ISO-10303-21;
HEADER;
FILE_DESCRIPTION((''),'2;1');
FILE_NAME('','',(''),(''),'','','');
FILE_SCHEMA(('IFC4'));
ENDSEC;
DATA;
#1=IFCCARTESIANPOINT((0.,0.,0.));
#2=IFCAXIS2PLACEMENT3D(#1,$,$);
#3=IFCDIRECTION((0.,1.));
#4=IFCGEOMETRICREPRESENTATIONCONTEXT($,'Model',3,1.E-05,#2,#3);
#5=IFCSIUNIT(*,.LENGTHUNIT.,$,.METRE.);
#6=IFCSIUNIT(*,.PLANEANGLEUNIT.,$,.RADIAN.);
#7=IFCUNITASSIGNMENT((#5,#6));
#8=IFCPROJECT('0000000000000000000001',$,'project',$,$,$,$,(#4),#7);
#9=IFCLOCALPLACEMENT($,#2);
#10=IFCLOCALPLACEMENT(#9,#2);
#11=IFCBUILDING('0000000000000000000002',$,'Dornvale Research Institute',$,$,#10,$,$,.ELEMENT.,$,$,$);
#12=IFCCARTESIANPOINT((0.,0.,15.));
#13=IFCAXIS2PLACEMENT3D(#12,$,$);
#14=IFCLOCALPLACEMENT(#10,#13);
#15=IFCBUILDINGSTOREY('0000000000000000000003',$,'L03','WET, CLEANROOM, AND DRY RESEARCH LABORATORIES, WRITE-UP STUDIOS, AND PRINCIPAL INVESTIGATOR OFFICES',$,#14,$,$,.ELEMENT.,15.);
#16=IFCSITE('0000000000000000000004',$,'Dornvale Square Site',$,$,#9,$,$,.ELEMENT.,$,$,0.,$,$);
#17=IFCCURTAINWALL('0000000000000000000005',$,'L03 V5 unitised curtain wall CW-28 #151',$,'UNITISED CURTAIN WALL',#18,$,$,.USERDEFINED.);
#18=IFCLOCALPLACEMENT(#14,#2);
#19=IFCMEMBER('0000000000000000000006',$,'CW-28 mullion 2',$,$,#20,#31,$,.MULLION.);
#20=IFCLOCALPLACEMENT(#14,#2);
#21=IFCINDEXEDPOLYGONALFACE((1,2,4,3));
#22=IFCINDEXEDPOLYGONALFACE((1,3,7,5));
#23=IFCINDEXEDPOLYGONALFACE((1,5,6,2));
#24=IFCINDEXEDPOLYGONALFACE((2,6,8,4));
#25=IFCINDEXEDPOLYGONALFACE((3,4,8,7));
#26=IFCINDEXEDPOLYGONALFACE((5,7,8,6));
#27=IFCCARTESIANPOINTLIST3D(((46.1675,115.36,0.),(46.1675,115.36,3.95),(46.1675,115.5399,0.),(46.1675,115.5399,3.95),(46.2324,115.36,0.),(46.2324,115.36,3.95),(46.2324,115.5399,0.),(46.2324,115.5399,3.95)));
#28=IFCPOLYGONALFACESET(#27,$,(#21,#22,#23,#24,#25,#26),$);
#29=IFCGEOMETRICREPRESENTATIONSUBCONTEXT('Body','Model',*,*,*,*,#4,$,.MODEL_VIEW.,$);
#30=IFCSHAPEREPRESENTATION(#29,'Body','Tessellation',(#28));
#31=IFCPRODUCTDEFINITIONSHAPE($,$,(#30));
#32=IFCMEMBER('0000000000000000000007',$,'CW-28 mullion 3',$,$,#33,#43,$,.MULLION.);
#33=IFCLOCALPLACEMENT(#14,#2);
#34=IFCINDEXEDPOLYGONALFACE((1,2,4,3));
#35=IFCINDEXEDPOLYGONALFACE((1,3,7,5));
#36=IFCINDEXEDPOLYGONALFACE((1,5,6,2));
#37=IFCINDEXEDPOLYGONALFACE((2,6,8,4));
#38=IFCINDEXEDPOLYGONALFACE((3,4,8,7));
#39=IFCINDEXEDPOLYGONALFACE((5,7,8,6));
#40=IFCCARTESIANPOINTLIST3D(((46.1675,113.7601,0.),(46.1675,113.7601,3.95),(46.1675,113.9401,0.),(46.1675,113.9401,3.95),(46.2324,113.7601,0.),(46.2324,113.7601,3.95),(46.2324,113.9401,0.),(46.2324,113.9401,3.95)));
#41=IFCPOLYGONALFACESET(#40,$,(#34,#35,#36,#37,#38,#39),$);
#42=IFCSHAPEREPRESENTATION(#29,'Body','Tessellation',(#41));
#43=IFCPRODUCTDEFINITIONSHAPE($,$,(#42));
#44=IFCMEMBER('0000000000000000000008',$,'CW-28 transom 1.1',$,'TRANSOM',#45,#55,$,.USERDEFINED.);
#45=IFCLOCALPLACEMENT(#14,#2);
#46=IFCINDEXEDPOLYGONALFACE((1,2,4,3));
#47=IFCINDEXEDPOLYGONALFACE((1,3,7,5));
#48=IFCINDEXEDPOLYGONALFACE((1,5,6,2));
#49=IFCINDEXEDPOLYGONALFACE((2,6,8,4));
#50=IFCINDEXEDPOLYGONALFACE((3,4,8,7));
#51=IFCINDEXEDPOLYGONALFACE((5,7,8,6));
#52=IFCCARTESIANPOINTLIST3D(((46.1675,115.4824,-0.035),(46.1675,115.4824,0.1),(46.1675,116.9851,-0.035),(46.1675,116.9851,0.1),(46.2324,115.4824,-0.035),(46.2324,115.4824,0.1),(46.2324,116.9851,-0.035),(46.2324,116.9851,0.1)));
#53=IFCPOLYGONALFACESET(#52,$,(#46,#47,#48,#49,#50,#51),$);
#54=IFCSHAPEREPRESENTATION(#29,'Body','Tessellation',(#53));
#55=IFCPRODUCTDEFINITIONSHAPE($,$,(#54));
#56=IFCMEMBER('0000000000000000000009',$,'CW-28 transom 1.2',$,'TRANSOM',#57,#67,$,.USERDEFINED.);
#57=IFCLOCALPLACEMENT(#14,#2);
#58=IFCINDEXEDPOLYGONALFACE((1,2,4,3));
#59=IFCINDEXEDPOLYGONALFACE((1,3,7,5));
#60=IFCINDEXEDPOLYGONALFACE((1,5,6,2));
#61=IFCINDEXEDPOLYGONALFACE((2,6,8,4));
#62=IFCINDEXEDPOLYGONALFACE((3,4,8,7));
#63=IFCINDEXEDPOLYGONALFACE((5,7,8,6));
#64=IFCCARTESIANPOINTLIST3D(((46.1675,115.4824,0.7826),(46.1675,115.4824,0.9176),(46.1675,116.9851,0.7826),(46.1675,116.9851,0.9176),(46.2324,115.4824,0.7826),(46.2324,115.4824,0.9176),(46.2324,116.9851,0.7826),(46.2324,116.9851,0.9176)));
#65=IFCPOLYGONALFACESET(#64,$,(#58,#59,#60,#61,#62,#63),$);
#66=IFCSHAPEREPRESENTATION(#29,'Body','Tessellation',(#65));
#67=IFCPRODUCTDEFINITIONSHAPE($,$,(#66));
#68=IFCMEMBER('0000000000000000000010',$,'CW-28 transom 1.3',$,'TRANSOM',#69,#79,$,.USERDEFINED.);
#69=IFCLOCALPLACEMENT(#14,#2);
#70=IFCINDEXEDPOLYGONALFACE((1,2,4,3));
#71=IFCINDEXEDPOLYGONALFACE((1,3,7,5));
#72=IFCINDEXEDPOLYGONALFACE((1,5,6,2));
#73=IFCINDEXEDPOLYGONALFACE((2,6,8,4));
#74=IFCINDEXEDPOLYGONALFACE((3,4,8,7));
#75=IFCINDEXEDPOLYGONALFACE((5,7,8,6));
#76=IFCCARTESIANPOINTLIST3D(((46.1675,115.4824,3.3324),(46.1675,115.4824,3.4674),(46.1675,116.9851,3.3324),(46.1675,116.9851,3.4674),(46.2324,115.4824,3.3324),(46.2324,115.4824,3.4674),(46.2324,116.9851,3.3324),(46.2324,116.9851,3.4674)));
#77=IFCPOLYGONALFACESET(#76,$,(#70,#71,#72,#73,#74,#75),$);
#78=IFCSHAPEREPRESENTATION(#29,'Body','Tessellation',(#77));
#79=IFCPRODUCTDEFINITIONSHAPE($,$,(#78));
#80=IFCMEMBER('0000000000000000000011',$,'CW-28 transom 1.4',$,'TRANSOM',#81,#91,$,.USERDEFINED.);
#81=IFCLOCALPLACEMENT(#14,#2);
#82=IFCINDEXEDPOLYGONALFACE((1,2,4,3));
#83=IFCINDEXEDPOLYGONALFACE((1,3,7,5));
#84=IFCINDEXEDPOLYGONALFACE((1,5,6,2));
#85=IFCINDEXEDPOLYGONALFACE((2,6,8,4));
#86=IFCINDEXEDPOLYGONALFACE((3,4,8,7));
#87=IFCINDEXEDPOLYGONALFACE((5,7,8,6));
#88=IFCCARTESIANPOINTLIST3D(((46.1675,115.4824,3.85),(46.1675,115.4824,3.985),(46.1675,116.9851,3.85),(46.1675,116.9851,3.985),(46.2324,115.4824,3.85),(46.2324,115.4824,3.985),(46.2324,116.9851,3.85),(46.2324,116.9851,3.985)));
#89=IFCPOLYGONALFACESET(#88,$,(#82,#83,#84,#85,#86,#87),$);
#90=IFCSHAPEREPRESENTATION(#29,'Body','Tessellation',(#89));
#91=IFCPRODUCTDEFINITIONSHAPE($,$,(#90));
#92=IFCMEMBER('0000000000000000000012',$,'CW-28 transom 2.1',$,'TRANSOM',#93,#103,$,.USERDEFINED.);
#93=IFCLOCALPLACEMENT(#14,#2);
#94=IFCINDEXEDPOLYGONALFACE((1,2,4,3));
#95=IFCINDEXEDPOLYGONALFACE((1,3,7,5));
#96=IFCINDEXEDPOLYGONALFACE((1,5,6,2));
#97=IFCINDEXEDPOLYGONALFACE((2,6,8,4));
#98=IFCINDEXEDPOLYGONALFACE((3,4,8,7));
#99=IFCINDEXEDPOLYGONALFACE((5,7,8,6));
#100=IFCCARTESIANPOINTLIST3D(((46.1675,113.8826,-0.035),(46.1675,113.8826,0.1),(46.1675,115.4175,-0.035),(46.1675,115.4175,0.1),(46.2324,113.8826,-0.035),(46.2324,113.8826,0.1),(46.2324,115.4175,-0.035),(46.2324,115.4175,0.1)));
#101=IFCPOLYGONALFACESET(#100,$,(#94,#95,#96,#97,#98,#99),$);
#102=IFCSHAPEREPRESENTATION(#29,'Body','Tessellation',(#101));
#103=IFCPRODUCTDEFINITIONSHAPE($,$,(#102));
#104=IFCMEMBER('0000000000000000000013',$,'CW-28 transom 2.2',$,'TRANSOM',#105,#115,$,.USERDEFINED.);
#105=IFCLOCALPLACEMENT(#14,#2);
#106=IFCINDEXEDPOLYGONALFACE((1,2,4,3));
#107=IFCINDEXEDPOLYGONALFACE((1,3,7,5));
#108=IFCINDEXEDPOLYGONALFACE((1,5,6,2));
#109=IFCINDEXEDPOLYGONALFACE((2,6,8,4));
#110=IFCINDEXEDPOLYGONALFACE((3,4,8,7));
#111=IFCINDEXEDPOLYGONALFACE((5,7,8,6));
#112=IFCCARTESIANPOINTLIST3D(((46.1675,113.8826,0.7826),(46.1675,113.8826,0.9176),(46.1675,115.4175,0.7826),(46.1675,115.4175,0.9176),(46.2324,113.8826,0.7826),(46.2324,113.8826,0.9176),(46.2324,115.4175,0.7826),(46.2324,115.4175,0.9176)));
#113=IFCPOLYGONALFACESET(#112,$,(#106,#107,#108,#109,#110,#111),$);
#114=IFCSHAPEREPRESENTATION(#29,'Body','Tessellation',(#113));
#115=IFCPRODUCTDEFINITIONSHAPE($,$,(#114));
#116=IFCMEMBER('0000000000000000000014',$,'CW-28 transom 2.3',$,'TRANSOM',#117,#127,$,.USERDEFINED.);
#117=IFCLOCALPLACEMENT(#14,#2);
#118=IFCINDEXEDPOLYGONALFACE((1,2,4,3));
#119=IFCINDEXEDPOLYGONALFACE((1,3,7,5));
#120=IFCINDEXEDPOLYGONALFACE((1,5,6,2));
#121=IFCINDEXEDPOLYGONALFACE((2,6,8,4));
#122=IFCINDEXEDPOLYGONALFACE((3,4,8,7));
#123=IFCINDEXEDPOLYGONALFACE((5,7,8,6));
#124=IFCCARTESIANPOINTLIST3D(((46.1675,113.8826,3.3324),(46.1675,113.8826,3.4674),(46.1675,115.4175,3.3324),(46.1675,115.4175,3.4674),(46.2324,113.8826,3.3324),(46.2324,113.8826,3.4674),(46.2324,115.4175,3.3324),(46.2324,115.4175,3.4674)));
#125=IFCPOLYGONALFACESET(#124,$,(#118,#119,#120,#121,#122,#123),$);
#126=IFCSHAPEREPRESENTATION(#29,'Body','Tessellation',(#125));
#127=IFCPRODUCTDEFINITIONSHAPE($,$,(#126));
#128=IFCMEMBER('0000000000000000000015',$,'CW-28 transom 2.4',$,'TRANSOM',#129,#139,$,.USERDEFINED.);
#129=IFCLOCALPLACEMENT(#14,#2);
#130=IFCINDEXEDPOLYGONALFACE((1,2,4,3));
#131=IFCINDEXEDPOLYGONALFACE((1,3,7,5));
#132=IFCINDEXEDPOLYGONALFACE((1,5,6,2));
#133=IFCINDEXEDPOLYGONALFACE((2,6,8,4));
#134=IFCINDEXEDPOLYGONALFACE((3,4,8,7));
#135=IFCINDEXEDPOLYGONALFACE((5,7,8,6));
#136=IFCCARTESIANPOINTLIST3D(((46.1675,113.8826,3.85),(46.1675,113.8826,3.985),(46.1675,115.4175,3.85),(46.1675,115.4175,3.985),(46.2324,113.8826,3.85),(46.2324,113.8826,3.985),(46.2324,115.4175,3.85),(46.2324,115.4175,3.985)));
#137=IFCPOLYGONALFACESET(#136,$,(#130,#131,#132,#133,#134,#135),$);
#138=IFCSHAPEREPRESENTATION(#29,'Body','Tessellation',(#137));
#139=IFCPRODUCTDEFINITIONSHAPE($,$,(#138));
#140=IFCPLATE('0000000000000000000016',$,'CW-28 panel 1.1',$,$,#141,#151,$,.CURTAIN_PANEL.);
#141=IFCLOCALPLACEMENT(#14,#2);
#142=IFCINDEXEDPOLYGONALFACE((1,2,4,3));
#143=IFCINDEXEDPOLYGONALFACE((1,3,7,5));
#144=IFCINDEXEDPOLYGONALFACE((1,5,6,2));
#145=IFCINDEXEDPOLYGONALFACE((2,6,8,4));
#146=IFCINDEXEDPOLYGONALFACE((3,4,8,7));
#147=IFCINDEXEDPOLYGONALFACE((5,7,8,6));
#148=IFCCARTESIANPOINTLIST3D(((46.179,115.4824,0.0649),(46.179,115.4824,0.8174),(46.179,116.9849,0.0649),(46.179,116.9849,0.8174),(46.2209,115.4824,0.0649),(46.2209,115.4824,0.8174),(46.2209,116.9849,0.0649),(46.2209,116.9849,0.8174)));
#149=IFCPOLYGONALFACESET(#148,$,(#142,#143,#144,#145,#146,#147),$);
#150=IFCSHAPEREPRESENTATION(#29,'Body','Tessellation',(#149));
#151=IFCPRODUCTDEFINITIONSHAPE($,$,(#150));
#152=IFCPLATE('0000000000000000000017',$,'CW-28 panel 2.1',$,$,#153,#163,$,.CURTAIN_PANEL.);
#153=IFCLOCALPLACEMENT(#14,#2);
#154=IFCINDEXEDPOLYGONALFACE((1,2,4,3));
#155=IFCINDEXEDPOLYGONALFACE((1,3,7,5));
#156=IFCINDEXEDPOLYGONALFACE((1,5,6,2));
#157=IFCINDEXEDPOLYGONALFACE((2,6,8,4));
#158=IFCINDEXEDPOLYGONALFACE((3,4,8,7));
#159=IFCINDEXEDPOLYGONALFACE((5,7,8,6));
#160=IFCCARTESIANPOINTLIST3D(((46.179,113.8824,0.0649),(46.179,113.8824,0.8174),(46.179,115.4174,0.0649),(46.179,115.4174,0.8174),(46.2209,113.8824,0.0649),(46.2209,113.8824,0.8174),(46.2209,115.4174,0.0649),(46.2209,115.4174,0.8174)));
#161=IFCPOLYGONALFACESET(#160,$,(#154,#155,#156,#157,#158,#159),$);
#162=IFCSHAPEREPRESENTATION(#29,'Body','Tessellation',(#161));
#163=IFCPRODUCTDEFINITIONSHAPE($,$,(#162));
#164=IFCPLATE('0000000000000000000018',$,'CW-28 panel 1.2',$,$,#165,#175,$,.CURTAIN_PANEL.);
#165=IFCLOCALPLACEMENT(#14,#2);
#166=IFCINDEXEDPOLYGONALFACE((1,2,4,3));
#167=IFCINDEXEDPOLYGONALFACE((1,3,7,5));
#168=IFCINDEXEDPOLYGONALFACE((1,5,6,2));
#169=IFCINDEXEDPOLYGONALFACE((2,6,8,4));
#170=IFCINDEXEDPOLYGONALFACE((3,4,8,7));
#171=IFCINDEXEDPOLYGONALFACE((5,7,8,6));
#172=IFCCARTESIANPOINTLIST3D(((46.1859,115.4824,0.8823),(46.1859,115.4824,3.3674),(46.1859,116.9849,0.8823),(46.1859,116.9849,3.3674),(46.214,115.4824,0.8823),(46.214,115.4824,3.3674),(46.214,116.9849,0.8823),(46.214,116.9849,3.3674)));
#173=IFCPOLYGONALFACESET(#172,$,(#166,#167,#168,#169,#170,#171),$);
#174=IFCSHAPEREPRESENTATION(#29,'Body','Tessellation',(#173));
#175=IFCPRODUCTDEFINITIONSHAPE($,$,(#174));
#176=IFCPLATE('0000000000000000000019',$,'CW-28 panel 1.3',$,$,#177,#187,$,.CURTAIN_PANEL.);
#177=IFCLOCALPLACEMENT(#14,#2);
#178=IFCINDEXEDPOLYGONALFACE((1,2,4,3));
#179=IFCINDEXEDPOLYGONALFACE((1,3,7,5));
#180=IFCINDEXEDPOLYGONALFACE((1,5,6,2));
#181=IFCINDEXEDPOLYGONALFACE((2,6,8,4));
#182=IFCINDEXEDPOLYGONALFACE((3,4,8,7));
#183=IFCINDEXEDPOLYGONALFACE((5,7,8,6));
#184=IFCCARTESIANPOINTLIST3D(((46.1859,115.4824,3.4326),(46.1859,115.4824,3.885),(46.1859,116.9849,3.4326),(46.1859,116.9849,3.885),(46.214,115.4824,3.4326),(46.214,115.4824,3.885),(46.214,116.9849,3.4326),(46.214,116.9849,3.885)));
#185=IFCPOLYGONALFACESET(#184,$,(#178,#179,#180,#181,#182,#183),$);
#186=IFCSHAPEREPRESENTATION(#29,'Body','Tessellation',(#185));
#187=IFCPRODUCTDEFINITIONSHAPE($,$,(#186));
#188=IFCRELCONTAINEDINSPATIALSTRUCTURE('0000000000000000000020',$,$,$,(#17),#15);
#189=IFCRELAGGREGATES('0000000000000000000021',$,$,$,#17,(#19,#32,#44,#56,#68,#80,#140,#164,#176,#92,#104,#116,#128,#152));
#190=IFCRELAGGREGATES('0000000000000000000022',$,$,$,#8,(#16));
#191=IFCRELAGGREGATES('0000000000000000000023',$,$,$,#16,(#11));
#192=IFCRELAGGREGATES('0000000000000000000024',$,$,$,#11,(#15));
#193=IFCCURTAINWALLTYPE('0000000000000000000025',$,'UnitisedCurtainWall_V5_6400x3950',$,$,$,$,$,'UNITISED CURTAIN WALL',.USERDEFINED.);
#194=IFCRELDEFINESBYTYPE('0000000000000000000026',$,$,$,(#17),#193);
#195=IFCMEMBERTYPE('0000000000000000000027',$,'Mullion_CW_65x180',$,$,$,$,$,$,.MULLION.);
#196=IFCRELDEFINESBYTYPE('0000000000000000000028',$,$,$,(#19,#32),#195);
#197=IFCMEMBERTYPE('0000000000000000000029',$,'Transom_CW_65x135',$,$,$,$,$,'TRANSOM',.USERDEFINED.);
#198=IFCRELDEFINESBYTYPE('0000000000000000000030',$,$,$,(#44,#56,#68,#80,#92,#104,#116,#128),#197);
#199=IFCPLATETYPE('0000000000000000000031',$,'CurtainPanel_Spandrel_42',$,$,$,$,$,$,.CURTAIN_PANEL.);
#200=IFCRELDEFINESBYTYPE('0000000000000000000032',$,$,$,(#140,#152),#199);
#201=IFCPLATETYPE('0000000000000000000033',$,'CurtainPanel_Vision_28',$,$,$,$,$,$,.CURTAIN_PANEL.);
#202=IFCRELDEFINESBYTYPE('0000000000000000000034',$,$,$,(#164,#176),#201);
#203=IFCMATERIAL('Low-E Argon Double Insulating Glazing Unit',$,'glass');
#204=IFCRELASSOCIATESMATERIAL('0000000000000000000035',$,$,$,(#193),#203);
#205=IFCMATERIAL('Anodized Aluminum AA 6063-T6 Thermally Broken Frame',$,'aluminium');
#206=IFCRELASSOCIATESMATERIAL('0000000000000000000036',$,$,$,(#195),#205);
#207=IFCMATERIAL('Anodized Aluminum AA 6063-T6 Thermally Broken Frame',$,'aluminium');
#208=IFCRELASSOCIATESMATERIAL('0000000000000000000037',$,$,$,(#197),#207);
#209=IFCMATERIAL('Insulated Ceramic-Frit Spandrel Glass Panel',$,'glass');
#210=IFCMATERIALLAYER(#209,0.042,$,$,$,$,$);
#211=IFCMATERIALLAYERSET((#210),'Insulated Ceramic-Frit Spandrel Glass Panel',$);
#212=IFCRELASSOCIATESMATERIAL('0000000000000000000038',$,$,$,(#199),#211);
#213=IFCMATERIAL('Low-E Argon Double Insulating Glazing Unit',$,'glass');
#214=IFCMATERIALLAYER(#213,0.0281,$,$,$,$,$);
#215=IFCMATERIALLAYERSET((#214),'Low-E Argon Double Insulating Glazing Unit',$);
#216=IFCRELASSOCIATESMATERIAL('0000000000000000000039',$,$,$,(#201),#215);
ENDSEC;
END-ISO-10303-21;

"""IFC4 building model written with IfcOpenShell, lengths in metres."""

from ifc_helpers import new_model, si_unit, direction, frame, origin, origin_2d, place, context, subcontext, project, spatial, rectangle, extrude, material, layer, layer_set, material_profile, profile_set, type_object, element, aggregate, save


model = new_model("IFC4")

# Units and contexts
model_context = context("Model", 3, precision=1e-05, world=origin(), true_north=direction((0.0, 1.0)))
body_context = subcontext(model_context, "Body", "Model", "MODEL_VIEW")
ifc_project = project(units=[si_unit("LENGTHUNIT", "METRE"), si_unit("PLANEANGLEUNIT", "RADIAN")], contexts=[model_context])

# Site, building, storey
site_placement = place(None, origin())
site = spatial("IfcSite", under=ifc_project, at=site_placement, Name="Dornvale Square Site", CompositionType="ELEMENT", RefElevation=0.0)
building_placement = place(site_placement, origin())
building = spatial("IfcBuilding", under=site, at=building_placement, Name="Dornvale Research Institute", CompositionType="ELEMENT")
storey_placement = place(building_placement, frame((0.0, 0.0, 15.0)))
storey = spatial("IfcBuildingStorey", under=building, at=storey_placement, Name="L03", Description="WET, CLEANROOM, AND DRY RESEARCH LABORATORIES, WRITE-UP STUDIOS, AND PRINCIPAL INVESTIGATOR OFFICES", CompositionType="ELEMENT", Elevation=15.0)

# Curtain wall, members, plates
ifc_material_1 = material(Name="Low-E Argon Double Insulating Glazing Unit", Category="glass")
curtain_wall_type = type_object("IfcCurtainWallType", Name="UnitisedCurtainWall_V5_6400x3950", ElementType="UNITISED CURTAIN WALL", PredefinedType="USERDEFINED", material=ifc_material_1)
curtain_wall_placement = place(storey_placement, origin())
curtain_wall = element("IfcCurtainWall", 1, at=curtain_wall_placement, inside=storey, type_object=curtain_wall_type, Name="L03 V5 unitised curtain wall CW-28 #151", ObjectType="UNITISED CURTAIN WALL", PredefinedType="USERDEFINED")
ifc_material_2 = material(Name="Anodized Aluminum AA 6063-T6 Thermally Broken Frame", Category="aluminium")
ifc_material_profile_1 = material_profile(ifc_material_2, rectangle(XDim=0.0649, YDim=0.1799, at=origin_2d()), Name="ALU MULLION 65x180")
ifc_profile_set_1 = profile_set([ifc_material_profile_1], Name="Anodized Aluminum AA 6063-T6 Thermally Broken Frame")
member_type_1 = type_object("IfcMemberType", Name="Mullion_CW_65x180", PredefinedType="MULLION", material=ifc_profile_set_1)
member_1_placement = place(storey_placement, frame((46.2, 115.45, 0.0), z_axis=(0.0, 0.0, 1.0), x_axis=(1.0, 0.0, 0.0)))
member_1 = element("IfcMember", 2, at=member_1_placement, type_object=member_type_1, Name="CW-28 mullion 2", PredefinedType="MULLION", context=body_context, shape_type="SweptSolid", body=[
    extrude(rectangle(XDim=0.0649, YDim=0.1799, at=origin_2d()), origin(), (0.0, 0.0, 1.0), 3.95),
])
member_2_placement = place(storey_placement, frame((46.2, 113.8501, 0.0), z_axis=(0.0, 0.0, 1.0), x_axis=(1.0, 0.0, 0.0)))
member_2 = element("IfcMember", 3, at=member_2_placement, type_object=member_type_1, Name="CW-28 mullion 3", PredefinedType="MULLION", context=body_context, shape_type="SweptSolid", body=[
    extrude(rectangle(XDim=0.0649, YDim=0.1799, at=origin_2d()), origin(), (0.0, 0.0, 1.0), 3.95),
])
ifc_material_3 = material(Name="Anodized Aluminum AA 6063-T6 Thermally Broken Frame", Category="aluminium")
ifc_material_profile_2 = material_profile(ifc_material_3, rectangle(XDim=0.0649, YDim=0.135, at=origin_2d()), Name="ALU TRANSOM 65x135")
ifc_profile_set_2 = profile_set([ifc_material_profile_2], Name="Anodized Aluminum AA 6063-T6 Thermally Broken Frame")
member_type_2 = type_object("IfcMemberType", Name="Transom_CW_65x135", ElementType="TRANSOM", PredefinedType="USERDEFINED", material=ifc_profile_set_2)
member_3_placement = place(storey_placement, frame((46.2, 116.9851, 0.0325), z_axis=(0.0, -1.0, 0.0), x_axis=(1.0, 0.0, 0.0)))
member_3 = element("IfcMember", 4, at=member_3_placement, type_object=member_type_2, Name="CW-28 transom 1.1", ObjectType="TRANSOM", PredefinedType="USERDEFINED", context=body_context, shape_type="SweptSolid", body=[
    extrude(rectangle(XDim=0.0649, YDim=0.135, at=origin_2d()), origin(), (0.0, 0.0, 1.0), 1.5027),
])
member_4_placement = place(storey_placement, frame((46.2, 116.9851, 0.8501), z_axis=(0.0, -1.0, 0.0), x_axis=(1.0, 0.0, 0.0)))
member_4 = element("IfcMember", 5, at=member_4_placement, type_object=member_type_2, Name="CW-28 transom 1.2", ObjectType="TRANSOM", PredefinedType="USERDEFINED", context=body_context, shape_type="SweptSolid", body=[
    extrude(rectangle(XDim=0.0649, YDim=0.135, at=origin_2d()), origin(), (0.0, 0.0, 1.0), 1.5027),
])
member_5_placement = place(storey_placement, frame((46.2, 116.9851, 3.3999), z_axis=(0.0, -1.0, 0.0), x_axis=(1.0, 0.0, 0.0)))
member_5 = element("IfcMember", 6, at=member_5_placement, type_object=member_type_2, Name="CW-28 transom 1.3", ObjectType="TRANSOM", PredefinedType="USERDEFINED", context=body_context, shape_type="SweptSolid", body=[
    extrude(rectangle(XDim=0.0649, YDim=0.135, at=origin_2d()), origin(), (0.0, 0.0, 1.0), 1.5027),
])
member_6_placement = place(storey_placement, frame((46.2, 116.9851, 3.9175), z_axis=(0.0, -1.0, 0.0), x_axis=(1.0, 0.0, 0.0)))
member_6 = element("IfcMember", 7, at=member_6_placement, type_object=member_type_2, Name="CW-28 transom 1.4", ObjectType="TRANSOM", PredefinedType="USERDEFINED", context=body_context, shape_type="SweptSolid", body=[
    extrude(rectangle(XDim=0.0649, YDim=0.135, at=origin_2d()), origin(), (0.0, 0.0, 1.0), 1.5027),
])
member_7_placement = place(storey_placement, frame((46.2, 115.4175, 0.0325), z_axis=(0.0, -1.0, 0.0), x_axis=(1.0, 0.0, 0.0)))
member_7 = element("IfcMember", 8, at=member_7_placement, type_object=member_type_2, Name="CW-28 transom 2.1", ObjectType="TRANSOM", PredefinedType="USERDEFINED", context=body_context, shape_type="SweptSolid", body=[
    extrude(rectangle(XDim=0.0649, YDim=0.135, at=origin_2d()), origin(), (0.0, 0.0, 1.0), 1.5349),
])
member_8_placement = place(storey_placement, frame((46.2, 115.4175, 0.8501), z_axis=(0.0, -1.0, 0.0), x_axis=(1.0, 0.0, 0.0)))
member_8 = element("IfcMember", 9, at=member_8_placement, type_object=member_type_2, Name="CW-28 transom 2.2", ObjectType="TRANSOM", PredefinedType="USERDEFINED", context=body_context, shape_type="SweptSolid", body=[
    extrude(rectangle(XDim=0.0649, YDim=0.135, at=origin_2d()), origin(), (0.0, 0.0, 1.0), 1.5349),
])
member_9_placement = place(storey_placement, frame((46.2, 115.4175, 3.3999), z_axis=(0.0, -1.0, 0.0), x_axis=(1.0, 0.0, 0.0)))
member_9 = element("IfcMember", 10, at=member_9_placement, type_object=member_type_2, Name="CW-28 transom 2.3", ObjectType="TRANSOM", PredefinedType="USERDEFINED", context=body_context, shape_type="SweptSolid", body=[
    extrude(rectangle(XDim=0.0649, YDim=0.135, at=origin_2d()), origin(), (0.0, 0.0, 1.0), 1.5349),
])
member_10_placement = place(storey_placement, frame((46.2, 115.4175, 3.9175), z_axis=(0.0, -1.0, 0.0), x_axis=(1.0, 0.0, 0.0)))
member_10 = element("IfcMember", 11, at=member_10_placement, type_object=member_type_2, Name="CW-28 transom 2.4", ObjectType="TRANSOM", PredefinedType="USERDEFINED", context=body_context, shape_type="SweptSolid", body=[
    extrude(rectangle(XDim=0.0649, YDim=0.135, at=origin_2d()), origin(), (0.0, 0.0, 1.0), 1.5349),
])
ifc_material_4 = material(Name="Insulated Ceramic-Frit Spandrel Glass Panel", Category="glass")
ifc_layer_1 = layer(ifc_material_4, 0.042)
ifc_layer_set_1 = layer_set([ifc_layer_1], Name="Insulated Ceramic-Frit Spandrel Glass Panel")
plate_type_1 = type_object("IfcPlateType", Name="CurtainPanel_Spandrel_42", PredefinedType="CURTAIN_PANEL", material=ifc_layer_set_1)
plate_1_placement = place(storey_placement, frame((46.2, 116.2336, 0.0649), z_axis=(0.0, 0.0, 1.0), x_axis=(0.0, -1.0, 0.0)))
plate_1 = element("IfcPlate", 12, at=plate_1_placement, type_object=plate_type_1, Name="CW-28 panel 1.1", PredefinedType="CURTAIN_PANEL", context=body_context, shape_type="SweptSolid", body=[
    extrude(rectangle(XDim=1.5024, YDim=0.042, at=origin_2d()), origin(), (0.0, 0.0, 1.0), 0.7524),
])
plate_2_placement = place(storey_placement, frame((46.2, 114.6499, 0.0649), z_axis=(0.0, 0.0, 1.0), x_axis=(0.0, -1.0, 0.0)))
plate_2 = element("IfcPlate", 13, at=plate_2_placement, type_object=plate_type_1, Name="CW-28 panel 2.1", PredefinedType="CURTAIN_PANEL", context=body_context, shape_type="SweptSolid", body=[
    extrude(rectangle(XDim=1.5349, YDim=0.042, at=origin_2d()), origin(), (0.0, 0.0, 1.0), 0.7524),
])
ifc_material_5 = material(Name="Low-E Argon Double Insulating Glazing Unit", Category="glass")
ifc_layer_2 = layer(ifc_material_5, 0.0281)
ifc_layer_set_2 = layer_set([ifc_layer_2], Name="Low-E Argon Double Insulating Glazing Unit")
plate_type_2 = type_object("IfcPlateType", Name="CurtainPanel_Vision_28", PredefinedType="CURTAIN_PANEL", material=ifc_layer_set_2)
plate_3_placement = place(storey_placement, frame((46.2, 116.2336, 0.8823), z_axis=(0.0, 0.0, 1.0), x_axis=(0.0, -1.0, 0.0)))
plate_3 = element("IfcPlate", 14, at=plate_3_placement, type_object=plate_type_2, Name="CW-28 panel 1.2", PredefinedType="CURTAIN_PANEL", context=body_context, shape_type="SweptSolid", body=[
    extrude(rectangle(XDim=1.5024, YDim=0.0281, at=origin_2d()), origin(), (0.0, 0.0, 1.0), 2.4851),
])
plate_4_placement = place(storey_placement, frame((46.2, 116.2336, 3.4326), z_axis=(0.0, 0.0, 1.0), x_axis=(0.0, -1.0, 0.0)))
plate_4 = element("IfcPlate", 15, at=plate_4_placement, type_object=plate_type_2, Name="CW-28 panel 1.3", PredefinedType="CURTAIN_PANEL", context=body_context, shape_type="SweptSolid", body=[
    extrude(rectangle(XDim=1.5024, YDim=0.0281, at=origin_2d()), origin(), (0.0, 0.0, 1.0), 0.4524),
])
aggregate(curtain_wall, [member_1, member_2, member_3, member_4, member_5, member_6, plate_1, plate_3, plate_4, member_7, member_8, member_9, member_10, plate_2])

save(model, "model.ifc")
